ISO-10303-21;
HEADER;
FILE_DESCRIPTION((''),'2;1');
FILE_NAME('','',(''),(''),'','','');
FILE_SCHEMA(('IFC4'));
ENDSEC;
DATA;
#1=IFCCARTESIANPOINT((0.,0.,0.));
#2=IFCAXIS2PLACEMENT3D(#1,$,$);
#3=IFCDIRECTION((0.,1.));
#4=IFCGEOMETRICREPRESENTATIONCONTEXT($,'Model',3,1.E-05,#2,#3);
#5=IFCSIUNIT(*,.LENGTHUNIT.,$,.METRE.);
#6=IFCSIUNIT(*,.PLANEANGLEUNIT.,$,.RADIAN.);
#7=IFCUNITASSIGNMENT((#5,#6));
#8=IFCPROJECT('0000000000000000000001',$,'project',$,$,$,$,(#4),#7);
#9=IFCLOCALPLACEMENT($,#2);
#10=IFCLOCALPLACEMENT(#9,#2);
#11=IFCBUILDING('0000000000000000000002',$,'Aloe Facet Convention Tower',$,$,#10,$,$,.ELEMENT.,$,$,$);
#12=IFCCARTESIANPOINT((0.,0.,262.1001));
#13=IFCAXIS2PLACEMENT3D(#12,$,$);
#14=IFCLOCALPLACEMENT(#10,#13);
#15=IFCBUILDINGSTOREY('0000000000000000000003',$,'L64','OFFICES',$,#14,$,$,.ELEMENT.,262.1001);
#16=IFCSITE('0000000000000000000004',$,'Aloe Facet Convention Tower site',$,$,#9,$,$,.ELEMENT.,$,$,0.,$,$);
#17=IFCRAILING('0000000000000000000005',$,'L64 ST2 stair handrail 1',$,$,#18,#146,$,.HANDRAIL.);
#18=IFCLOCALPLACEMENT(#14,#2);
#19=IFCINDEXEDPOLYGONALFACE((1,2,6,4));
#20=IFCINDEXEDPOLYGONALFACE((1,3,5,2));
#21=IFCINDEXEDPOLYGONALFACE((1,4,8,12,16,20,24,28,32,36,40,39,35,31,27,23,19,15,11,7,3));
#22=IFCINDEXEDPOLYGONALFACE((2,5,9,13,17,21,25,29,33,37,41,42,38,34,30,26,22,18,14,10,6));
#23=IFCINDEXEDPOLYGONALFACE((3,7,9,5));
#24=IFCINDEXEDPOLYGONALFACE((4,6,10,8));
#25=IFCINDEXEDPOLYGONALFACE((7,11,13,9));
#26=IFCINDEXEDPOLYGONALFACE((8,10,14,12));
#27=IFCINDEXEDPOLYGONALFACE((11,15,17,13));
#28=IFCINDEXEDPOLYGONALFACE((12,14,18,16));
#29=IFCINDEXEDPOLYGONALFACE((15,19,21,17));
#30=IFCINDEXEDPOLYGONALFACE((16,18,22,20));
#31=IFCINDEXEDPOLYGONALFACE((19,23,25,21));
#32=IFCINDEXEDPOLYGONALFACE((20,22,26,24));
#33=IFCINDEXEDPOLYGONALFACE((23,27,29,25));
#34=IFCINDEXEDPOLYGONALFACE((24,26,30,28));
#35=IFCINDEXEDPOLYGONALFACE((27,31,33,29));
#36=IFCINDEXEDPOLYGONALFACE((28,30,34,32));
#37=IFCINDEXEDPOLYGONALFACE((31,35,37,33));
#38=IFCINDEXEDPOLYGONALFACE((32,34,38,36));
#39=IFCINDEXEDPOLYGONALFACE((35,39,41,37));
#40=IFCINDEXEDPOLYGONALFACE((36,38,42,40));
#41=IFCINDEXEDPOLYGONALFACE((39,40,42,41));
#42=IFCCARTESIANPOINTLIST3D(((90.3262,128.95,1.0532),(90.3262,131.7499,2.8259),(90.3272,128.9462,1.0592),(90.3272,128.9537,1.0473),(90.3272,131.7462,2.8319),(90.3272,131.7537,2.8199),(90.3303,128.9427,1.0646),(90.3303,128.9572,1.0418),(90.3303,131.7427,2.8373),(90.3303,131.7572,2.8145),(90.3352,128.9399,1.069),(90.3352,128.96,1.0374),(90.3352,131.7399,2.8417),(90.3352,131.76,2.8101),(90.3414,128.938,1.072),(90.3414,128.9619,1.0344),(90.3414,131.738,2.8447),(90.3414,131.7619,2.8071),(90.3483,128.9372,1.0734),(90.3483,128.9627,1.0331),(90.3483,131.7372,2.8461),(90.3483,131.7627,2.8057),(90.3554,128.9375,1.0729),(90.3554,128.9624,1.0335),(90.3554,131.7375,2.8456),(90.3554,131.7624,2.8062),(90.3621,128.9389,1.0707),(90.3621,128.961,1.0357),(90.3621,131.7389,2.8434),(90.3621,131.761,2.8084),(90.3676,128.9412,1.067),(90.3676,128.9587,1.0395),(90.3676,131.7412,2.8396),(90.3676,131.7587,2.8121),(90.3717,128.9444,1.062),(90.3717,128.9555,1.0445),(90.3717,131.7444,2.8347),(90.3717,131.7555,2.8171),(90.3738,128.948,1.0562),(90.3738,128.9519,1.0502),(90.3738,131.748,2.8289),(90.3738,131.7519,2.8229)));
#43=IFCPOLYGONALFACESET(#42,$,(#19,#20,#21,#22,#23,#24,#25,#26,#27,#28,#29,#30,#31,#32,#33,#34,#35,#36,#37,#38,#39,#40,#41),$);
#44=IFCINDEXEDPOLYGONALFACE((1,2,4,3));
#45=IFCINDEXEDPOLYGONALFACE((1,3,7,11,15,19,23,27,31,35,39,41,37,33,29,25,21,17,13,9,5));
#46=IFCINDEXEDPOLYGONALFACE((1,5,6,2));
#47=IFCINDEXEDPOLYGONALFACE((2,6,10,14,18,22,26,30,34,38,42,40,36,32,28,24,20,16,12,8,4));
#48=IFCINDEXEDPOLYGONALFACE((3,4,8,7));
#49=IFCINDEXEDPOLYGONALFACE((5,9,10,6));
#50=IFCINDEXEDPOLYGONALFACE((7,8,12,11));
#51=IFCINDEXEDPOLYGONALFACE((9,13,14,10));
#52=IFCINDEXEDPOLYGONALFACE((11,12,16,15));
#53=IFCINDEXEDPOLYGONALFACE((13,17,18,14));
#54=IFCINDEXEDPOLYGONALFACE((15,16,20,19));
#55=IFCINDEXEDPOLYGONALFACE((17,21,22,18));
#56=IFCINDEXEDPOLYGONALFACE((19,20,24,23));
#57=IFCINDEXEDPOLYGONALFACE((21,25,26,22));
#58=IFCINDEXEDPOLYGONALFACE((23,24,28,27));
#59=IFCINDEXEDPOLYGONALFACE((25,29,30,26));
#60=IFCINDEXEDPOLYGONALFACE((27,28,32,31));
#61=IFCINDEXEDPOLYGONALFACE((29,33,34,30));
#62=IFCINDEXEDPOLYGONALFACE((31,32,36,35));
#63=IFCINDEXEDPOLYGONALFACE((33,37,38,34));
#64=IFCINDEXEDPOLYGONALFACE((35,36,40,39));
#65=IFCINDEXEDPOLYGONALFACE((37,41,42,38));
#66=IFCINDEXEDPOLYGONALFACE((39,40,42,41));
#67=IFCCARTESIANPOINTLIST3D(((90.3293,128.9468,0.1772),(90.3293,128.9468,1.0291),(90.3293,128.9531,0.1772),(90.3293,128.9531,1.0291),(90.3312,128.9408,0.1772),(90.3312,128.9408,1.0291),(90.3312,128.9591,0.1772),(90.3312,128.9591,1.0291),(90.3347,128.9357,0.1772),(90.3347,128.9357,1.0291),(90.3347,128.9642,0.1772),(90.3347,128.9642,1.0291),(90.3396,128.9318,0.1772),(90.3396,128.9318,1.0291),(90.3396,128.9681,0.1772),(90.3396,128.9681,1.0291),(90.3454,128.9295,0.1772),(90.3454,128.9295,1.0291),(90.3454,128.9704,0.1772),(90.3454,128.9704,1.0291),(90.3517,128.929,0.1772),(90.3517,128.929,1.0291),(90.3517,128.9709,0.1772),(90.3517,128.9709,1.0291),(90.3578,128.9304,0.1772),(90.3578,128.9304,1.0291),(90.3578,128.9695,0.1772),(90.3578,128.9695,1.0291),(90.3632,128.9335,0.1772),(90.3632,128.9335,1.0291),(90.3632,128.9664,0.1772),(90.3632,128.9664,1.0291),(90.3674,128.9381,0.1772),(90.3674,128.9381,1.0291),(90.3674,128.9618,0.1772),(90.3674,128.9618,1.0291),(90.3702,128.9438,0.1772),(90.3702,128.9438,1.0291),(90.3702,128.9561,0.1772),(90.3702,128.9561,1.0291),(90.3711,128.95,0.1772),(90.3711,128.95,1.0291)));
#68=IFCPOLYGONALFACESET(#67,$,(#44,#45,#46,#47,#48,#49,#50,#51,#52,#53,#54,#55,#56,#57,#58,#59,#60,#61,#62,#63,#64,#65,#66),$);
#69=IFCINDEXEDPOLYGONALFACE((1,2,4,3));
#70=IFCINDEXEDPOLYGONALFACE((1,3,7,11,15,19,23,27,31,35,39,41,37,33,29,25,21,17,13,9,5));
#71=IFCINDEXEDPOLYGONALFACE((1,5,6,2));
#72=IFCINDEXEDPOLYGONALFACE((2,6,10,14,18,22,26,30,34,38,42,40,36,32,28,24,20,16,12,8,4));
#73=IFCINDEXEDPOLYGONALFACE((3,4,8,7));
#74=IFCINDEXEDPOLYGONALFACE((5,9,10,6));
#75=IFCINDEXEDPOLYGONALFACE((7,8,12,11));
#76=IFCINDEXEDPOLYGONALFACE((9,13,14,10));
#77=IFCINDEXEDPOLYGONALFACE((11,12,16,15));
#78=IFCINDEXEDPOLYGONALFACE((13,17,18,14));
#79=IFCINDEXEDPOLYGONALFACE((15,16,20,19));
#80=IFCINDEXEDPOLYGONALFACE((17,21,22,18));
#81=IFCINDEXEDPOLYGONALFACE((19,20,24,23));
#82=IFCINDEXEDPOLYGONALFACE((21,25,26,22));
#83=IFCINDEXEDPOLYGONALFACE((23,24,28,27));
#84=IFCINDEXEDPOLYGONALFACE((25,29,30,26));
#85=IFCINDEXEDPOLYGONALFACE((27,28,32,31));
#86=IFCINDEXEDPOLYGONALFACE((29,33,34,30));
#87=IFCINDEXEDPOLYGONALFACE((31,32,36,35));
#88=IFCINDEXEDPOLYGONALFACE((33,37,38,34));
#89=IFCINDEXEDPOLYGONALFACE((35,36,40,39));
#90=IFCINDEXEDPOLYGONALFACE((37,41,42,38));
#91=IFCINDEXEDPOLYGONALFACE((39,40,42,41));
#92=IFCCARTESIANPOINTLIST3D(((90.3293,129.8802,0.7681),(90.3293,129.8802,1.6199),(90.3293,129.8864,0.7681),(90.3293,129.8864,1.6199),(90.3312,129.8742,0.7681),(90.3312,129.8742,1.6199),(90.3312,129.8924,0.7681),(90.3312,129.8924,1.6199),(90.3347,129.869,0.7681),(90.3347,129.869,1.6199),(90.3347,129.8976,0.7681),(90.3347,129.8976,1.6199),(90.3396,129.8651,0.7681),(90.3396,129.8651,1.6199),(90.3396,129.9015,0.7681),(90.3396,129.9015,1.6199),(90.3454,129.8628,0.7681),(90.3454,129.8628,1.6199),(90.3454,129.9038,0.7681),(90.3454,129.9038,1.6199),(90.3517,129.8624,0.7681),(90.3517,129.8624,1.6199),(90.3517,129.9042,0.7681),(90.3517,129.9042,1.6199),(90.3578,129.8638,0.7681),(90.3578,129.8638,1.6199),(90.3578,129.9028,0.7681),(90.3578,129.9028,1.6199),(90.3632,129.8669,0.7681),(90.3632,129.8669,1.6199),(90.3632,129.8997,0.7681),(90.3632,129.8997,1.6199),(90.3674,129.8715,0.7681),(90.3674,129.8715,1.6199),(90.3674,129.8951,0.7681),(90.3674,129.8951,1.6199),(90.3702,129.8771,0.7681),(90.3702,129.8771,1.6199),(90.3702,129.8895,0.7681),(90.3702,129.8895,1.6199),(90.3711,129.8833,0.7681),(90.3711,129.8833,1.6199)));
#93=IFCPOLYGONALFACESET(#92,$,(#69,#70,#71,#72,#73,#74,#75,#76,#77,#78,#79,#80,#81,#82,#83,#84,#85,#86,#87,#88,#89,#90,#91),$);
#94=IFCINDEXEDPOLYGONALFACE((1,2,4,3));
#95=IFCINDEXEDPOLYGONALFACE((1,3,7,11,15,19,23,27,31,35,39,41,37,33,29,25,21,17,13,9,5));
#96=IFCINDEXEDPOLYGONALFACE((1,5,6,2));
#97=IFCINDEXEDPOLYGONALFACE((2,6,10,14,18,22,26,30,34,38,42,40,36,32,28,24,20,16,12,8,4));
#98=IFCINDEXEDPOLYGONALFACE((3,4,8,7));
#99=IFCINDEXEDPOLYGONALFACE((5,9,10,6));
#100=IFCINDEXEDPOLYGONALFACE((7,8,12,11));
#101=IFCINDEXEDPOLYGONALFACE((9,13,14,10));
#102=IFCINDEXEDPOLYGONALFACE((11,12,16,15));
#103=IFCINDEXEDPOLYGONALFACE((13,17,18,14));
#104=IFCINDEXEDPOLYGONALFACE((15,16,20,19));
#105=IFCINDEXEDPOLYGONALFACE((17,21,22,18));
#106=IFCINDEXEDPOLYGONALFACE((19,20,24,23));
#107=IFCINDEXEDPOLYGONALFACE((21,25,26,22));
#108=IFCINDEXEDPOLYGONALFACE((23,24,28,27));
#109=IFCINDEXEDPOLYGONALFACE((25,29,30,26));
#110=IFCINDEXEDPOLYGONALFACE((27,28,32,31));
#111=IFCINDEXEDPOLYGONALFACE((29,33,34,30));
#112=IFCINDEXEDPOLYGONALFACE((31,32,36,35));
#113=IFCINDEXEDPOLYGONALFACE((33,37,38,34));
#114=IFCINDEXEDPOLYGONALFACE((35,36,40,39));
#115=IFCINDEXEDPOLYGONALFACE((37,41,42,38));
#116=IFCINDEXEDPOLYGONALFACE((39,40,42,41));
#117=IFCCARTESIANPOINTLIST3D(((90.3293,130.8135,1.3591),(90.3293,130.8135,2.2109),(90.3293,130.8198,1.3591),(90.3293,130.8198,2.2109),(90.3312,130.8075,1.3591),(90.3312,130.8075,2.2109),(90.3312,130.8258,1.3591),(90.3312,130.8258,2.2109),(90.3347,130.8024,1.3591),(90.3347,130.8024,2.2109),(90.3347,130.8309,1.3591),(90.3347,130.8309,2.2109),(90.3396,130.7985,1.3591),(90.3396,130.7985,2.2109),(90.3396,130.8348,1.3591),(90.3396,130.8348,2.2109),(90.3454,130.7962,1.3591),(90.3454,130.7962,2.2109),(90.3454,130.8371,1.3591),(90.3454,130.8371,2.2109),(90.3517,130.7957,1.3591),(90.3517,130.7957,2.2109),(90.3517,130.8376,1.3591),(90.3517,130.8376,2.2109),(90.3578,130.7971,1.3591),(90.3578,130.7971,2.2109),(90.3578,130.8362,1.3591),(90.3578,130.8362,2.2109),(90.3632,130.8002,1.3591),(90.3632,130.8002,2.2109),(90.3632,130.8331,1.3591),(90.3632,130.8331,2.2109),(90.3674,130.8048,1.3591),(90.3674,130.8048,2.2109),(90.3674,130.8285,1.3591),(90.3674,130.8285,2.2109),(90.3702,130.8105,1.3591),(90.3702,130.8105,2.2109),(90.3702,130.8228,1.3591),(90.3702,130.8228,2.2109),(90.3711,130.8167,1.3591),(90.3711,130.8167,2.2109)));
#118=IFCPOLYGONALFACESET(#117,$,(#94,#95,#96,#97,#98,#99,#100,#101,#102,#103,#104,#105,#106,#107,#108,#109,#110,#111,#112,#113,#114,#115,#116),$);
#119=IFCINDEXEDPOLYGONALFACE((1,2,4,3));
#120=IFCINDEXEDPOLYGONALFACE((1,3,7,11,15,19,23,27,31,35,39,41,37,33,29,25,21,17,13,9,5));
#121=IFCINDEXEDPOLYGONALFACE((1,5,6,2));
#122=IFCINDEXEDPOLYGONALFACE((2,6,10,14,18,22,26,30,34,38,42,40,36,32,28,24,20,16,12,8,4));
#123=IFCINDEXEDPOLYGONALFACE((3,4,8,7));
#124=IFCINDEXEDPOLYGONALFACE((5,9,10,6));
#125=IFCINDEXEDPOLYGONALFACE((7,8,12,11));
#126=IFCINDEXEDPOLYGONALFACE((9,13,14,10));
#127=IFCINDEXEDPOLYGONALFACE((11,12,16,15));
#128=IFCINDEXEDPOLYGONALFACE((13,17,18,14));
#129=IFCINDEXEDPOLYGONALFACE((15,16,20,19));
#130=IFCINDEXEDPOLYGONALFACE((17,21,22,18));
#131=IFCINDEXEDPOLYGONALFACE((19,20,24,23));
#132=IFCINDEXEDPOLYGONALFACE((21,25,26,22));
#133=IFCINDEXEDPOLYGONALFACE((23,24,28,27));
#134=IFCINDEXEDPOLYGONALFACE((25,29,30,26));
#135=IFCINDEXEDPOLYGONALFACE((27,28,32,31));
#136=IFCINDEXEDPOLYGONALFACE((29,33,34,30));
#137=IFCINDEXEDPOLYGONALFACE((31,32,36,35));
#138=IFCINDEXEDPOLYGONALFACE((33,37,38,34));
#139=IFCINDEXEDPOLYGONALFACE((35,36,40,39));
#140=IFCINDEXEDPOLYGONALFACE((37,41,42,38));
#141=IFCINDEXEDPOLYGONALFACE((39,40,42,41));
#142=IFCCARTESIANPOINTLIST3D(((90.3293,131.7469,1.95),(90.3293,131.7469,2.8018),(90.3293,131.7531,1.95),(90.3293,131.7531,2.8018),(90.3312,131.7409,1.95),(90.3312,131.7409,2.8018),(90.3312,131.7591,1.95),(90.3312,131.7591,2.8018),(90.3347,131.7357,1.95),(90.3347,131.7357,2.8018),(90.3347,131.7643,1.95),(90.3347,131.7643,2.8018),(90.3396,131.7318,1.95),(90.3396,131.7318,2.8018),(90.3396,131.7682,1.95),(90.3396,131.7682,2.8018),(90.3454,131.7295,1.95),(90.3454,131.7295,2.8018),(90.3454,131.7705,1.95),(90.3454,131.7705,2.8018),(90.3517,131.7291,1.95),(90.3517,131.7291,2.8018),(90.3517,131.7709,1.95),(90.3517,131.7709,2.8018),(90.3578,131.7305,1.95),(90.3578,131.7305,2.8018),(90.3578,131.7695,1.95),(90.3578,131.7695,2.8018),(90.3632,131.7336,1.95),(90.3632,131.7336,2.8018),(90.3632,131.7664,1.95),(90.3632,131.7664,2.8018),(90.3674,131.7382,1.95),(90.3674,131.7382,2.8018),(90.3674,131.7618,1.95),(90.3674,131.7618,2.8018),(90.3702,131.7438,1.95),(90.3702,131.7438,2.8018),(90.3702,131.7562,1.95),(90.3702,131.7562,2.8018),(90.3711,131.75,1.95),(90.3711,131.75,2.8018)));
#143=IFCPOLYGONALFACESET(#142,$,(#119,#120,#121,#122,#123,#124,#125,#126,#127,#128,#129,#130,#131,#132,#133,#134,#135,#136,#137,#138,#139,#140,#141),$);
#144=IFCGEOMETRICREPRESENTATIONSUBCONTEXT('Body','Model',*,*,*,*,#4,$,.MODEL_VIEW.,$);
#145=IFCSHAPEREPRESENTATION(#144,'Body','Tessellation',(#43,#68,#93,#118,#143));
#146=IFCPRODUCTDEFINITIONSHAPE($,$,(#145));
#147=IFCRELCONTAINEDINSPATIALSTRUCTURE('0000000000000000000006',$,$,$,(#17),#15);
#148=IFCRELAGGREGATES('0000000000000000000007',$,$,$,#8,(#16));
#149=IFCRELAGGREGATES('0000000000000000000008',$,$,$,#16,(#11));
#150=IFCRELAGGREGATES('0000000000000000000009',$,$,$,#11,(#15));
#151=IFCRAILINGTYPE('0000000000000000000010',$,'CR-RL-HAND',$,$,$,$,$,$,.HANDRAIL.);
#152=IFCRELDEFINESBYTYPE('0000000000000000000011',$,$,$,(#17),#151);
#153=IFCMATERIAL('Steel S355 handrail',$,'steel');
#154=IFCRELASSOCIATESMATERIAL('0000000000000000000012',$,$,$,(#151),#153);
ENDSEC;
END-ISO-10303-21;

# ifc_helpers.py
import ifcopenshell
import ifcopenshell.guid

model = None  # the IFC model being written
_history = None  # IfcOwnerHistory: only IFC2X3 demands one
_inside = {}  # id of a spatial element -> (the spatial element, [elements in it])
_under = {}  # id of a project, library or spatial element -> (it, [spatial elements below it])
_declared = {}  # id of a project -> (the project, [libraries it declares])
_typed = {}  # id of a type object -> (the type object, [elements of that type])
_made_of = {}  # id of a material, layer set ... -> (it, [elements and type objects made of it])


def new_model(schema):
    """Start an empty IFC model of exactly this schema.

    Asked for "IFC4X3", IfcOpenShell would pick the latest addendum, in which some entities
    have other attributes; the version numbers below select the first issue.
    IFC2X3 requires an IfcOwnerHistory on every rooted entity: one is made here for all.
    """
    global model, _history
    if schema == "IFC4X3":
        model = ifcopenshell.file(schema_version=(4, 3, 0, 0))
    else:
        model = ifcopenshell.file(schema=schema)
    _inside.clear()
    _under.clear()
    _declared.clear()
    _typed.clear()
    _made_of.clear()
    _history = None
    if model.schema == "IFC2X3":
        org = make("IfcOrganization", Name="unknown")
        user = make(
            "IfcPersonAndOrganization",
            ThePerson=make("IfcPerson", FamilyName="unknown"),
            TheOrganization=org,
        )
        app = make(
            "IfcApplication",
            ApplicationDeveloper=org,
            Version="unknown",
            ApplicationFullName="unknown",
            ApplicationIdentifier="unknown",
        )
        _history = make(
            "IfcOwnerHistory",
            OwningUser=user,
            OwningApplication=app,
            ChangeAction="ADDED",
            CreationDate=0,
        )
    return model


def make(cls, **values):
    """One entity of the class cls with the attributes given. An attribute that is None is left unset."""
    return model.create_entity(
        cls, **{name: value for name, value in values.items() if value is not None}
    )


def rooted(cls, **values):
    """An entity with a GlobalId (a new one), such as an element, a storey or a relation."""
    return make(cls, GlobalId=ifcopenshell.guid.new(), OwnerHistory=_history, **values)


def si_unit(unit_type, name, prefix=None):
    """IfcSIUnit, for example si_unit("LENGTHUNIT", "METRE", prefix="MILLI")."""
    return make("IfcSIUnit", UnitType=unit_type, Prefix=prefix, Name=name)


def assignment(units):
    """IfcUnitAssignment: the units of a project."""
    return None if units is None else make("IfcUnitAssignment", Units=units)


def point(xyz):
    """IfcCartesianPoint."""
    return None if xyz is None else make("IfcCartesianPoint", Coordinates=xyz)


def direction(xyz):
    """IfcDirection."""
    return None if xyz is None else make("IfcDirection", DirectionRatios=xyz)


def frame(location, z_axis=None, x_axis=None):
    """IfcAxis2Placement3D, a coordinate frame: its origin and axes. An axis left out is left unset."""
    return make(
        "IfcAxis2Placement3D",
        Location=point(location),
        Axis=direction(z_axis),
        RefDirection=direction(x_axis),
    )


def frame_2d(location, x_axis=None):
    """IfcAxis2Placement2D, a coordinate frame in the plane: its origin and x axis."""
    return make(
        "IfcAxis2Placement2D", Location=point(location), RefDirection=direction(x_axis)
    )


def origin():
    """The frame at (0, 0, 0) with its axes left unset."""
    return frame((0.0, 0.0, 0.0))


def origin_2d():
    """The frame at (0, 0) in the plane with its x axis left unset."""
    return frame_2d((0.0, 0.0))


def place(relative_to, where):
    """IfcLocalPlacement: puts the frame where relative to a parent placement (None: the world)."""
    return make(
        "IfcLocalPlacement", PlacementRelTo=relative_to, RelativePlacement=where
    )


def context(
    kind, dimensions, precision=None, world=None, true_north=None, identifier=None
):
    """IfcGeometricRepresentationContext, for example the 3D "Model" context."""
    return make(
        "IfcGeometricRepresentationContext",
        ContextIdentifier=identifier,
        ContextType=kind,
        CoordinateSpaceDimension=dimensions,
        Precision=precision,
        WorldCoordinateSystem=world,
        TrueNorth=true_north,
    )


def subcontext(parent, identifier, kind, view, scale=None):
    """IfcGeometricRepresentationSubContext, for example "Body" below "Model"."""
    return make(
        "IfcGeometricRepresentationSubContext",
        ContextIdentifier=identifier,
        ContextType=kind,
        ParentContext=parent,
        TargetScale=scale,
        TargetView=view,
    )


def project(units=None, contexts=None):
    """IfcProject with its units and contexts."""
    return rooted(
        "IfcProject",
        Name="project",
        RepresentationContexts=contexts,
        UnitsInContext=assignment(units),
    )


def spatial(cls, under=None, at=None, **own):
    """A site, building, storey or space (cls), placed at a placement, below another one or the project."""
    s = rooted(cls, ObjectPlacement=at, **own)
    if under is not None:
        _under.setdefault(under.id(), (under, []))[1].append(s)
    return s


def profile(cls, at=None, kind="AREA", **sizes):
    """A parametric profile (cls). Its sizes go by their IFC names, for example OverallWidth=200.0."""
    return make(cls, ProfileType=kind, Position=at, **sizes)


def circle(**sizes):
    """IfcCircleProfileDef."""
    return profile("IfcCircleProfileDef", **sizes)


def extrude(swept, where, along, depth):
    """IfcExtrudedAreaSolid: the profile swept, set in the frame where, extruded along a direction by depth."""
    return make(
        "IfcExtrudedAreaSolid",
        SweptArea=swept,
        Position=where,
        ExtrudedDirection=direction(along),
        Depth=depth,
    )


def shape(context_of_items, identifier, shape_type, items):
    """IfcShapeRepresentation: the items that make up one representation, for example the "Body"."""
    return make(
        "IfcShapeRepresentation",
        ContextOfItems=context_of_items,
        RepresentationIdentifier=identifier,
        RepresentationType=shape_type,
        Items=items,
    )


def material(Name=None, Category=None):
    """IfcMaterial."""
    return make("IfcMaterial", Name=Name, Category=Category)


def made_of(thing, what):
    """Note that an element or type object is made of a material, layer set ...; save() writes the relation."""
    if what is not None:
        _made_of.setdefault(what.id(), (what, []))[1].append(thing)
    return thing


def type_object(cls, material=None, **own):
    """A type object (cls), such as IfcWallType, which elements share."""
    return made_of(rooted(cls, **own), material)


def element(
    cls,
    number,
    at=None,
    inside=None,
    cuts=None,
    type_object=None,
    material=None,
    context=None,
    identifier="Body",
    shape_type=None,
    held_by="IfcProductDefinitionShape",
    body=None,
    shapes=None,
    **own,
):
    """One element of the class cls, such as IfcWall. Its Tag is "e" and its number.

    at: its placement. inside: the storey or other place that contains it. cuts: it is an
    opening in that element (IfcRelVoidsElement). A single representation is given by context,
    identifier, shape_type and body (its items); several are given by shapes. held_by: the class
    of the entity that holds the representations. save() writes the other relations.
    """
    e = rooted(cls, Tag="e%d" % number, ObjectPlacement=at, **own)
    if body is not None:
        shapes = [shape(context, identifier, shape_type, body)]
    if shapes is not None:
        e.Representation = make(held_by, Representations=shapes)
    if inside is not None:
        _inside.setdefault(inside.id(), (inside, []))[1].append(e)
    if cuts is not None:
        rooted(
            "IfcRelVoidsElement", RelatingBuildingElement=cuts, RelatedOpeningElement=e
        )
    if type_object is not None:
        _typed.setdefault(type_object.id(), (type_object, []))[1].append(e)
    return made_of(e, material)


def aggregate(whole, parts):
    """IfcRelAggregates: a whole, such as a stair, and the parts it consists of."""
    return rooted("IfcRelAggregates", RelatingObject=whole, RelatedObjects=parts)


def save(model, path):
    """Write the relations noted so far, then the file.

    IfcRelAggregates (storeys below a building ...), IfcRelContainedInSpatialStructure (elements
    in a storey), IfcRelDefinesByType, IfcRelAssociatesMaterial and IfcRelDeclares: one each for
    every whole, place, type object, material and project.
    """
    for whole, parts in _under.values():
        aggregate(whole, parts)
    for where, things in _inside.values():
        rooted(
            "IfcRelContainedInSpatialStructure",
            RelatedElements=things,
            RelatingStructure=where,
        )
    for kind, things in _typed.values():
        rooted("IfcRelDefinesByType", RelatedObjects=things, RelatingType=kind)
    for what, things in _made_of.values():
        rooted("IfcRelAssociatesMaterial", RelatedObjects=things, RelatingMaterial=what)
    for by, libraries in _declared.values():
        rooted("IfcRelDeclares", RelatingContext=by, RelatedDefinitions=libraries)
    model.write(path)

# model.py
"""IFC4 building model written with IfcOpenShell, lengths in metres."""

from ifc_helpers import new_model, si_unit, direction, frame, origin, origin_2d, place, context, subcontext, project, spatial, circle, extrude, material, type_object, element, save


model = new_model("IFC4")

# Units and contexts
model_context = context("Model", 3, precision=1e-05, world=origin(), true_north=direction((0.0, 1.0)))
body_context = subcontext(model_context, "Body", "Model", "MODEL_VIEW")
ifc_project = project(units=[si_unit("LENGTHUNIT", "METRE"), si_unit("PLANEANGLEUNIT", "RADIAN")], contexts=[model_context])

# Site, building, storey
site_placement = place(None, origin())
site = spatial("IfcSite", under=ifc_project, at=site_placement, Name="Aloe Facet Convention Tower site", CompositionType="ELEMENT", RefElevation=0.0)
building_placement = place(site_placement, origin())
building = spatial("IfcBuilding", under=site, at=building_placement, Name="Aloe Facet Convention Tower", CompositionType="ELEMENT")
storey_placement = place(building_placement, frame((0.0, 0.0, 262.1001)))
storey = spatial("IfcBuildingStorey", under=building, at=storey_placement, Name="L64", Description="OFFICES", CompositionType="ELEMENT", Elevation=262.1001)

# Railing
ifc_material_1 = material(Name="Steel S355 handrail", Category="steel")
railing_type_1 = type_object("IfcRailingType", Name="CR-RL-HAND", PredefinedType="HANDRAIL", material=ifc_material_1)
railing_1_placement = place(storey_placement, frame((90.3501, 128.95, 0.1772)))
element("IfcRailing", 1, at=railing_1_placement, inside=storey, type_object=railing_type_1, Name="L64 ST2 stair handrail 1", PredefinedType="HANDRAIL", context=body_context, shape_type="SweptSolid", body=[
    extrude(circle(Radius=0.0239, at=origin_2d()), frame((0.0, 0.0, 0.876), z_axis=(0.0, 0.844909, 0.53491), x_axis=(-1.0, 0.0, 0.0)), (0.0, 0.0, 1.0), 3.314),
    extrude(circle(Radius=0.021, at=origin_2d()), origin(), (0.0, 0.0, 1.0), 0.8518),
    extrude(circle(Radius=0.021, at=origin_2d()), frame((0.0, 0.9333, 0.5908)), (0.0, 0.0, 1.0), 0.8518),
    extrude(circle(Radius=0.021, at=origin_2d()), frame((0.0, 1.8667, 1.1819)), (0.0, 0.0, 1.0), 0.8518),
    extrude(circle(Radius=0.021, at=origin_2d()), frame((0.0, 2.8, 1.7727)), (0.0, 0.0, 1.0), 0.8518),
])

save(model, "model.ifc")
